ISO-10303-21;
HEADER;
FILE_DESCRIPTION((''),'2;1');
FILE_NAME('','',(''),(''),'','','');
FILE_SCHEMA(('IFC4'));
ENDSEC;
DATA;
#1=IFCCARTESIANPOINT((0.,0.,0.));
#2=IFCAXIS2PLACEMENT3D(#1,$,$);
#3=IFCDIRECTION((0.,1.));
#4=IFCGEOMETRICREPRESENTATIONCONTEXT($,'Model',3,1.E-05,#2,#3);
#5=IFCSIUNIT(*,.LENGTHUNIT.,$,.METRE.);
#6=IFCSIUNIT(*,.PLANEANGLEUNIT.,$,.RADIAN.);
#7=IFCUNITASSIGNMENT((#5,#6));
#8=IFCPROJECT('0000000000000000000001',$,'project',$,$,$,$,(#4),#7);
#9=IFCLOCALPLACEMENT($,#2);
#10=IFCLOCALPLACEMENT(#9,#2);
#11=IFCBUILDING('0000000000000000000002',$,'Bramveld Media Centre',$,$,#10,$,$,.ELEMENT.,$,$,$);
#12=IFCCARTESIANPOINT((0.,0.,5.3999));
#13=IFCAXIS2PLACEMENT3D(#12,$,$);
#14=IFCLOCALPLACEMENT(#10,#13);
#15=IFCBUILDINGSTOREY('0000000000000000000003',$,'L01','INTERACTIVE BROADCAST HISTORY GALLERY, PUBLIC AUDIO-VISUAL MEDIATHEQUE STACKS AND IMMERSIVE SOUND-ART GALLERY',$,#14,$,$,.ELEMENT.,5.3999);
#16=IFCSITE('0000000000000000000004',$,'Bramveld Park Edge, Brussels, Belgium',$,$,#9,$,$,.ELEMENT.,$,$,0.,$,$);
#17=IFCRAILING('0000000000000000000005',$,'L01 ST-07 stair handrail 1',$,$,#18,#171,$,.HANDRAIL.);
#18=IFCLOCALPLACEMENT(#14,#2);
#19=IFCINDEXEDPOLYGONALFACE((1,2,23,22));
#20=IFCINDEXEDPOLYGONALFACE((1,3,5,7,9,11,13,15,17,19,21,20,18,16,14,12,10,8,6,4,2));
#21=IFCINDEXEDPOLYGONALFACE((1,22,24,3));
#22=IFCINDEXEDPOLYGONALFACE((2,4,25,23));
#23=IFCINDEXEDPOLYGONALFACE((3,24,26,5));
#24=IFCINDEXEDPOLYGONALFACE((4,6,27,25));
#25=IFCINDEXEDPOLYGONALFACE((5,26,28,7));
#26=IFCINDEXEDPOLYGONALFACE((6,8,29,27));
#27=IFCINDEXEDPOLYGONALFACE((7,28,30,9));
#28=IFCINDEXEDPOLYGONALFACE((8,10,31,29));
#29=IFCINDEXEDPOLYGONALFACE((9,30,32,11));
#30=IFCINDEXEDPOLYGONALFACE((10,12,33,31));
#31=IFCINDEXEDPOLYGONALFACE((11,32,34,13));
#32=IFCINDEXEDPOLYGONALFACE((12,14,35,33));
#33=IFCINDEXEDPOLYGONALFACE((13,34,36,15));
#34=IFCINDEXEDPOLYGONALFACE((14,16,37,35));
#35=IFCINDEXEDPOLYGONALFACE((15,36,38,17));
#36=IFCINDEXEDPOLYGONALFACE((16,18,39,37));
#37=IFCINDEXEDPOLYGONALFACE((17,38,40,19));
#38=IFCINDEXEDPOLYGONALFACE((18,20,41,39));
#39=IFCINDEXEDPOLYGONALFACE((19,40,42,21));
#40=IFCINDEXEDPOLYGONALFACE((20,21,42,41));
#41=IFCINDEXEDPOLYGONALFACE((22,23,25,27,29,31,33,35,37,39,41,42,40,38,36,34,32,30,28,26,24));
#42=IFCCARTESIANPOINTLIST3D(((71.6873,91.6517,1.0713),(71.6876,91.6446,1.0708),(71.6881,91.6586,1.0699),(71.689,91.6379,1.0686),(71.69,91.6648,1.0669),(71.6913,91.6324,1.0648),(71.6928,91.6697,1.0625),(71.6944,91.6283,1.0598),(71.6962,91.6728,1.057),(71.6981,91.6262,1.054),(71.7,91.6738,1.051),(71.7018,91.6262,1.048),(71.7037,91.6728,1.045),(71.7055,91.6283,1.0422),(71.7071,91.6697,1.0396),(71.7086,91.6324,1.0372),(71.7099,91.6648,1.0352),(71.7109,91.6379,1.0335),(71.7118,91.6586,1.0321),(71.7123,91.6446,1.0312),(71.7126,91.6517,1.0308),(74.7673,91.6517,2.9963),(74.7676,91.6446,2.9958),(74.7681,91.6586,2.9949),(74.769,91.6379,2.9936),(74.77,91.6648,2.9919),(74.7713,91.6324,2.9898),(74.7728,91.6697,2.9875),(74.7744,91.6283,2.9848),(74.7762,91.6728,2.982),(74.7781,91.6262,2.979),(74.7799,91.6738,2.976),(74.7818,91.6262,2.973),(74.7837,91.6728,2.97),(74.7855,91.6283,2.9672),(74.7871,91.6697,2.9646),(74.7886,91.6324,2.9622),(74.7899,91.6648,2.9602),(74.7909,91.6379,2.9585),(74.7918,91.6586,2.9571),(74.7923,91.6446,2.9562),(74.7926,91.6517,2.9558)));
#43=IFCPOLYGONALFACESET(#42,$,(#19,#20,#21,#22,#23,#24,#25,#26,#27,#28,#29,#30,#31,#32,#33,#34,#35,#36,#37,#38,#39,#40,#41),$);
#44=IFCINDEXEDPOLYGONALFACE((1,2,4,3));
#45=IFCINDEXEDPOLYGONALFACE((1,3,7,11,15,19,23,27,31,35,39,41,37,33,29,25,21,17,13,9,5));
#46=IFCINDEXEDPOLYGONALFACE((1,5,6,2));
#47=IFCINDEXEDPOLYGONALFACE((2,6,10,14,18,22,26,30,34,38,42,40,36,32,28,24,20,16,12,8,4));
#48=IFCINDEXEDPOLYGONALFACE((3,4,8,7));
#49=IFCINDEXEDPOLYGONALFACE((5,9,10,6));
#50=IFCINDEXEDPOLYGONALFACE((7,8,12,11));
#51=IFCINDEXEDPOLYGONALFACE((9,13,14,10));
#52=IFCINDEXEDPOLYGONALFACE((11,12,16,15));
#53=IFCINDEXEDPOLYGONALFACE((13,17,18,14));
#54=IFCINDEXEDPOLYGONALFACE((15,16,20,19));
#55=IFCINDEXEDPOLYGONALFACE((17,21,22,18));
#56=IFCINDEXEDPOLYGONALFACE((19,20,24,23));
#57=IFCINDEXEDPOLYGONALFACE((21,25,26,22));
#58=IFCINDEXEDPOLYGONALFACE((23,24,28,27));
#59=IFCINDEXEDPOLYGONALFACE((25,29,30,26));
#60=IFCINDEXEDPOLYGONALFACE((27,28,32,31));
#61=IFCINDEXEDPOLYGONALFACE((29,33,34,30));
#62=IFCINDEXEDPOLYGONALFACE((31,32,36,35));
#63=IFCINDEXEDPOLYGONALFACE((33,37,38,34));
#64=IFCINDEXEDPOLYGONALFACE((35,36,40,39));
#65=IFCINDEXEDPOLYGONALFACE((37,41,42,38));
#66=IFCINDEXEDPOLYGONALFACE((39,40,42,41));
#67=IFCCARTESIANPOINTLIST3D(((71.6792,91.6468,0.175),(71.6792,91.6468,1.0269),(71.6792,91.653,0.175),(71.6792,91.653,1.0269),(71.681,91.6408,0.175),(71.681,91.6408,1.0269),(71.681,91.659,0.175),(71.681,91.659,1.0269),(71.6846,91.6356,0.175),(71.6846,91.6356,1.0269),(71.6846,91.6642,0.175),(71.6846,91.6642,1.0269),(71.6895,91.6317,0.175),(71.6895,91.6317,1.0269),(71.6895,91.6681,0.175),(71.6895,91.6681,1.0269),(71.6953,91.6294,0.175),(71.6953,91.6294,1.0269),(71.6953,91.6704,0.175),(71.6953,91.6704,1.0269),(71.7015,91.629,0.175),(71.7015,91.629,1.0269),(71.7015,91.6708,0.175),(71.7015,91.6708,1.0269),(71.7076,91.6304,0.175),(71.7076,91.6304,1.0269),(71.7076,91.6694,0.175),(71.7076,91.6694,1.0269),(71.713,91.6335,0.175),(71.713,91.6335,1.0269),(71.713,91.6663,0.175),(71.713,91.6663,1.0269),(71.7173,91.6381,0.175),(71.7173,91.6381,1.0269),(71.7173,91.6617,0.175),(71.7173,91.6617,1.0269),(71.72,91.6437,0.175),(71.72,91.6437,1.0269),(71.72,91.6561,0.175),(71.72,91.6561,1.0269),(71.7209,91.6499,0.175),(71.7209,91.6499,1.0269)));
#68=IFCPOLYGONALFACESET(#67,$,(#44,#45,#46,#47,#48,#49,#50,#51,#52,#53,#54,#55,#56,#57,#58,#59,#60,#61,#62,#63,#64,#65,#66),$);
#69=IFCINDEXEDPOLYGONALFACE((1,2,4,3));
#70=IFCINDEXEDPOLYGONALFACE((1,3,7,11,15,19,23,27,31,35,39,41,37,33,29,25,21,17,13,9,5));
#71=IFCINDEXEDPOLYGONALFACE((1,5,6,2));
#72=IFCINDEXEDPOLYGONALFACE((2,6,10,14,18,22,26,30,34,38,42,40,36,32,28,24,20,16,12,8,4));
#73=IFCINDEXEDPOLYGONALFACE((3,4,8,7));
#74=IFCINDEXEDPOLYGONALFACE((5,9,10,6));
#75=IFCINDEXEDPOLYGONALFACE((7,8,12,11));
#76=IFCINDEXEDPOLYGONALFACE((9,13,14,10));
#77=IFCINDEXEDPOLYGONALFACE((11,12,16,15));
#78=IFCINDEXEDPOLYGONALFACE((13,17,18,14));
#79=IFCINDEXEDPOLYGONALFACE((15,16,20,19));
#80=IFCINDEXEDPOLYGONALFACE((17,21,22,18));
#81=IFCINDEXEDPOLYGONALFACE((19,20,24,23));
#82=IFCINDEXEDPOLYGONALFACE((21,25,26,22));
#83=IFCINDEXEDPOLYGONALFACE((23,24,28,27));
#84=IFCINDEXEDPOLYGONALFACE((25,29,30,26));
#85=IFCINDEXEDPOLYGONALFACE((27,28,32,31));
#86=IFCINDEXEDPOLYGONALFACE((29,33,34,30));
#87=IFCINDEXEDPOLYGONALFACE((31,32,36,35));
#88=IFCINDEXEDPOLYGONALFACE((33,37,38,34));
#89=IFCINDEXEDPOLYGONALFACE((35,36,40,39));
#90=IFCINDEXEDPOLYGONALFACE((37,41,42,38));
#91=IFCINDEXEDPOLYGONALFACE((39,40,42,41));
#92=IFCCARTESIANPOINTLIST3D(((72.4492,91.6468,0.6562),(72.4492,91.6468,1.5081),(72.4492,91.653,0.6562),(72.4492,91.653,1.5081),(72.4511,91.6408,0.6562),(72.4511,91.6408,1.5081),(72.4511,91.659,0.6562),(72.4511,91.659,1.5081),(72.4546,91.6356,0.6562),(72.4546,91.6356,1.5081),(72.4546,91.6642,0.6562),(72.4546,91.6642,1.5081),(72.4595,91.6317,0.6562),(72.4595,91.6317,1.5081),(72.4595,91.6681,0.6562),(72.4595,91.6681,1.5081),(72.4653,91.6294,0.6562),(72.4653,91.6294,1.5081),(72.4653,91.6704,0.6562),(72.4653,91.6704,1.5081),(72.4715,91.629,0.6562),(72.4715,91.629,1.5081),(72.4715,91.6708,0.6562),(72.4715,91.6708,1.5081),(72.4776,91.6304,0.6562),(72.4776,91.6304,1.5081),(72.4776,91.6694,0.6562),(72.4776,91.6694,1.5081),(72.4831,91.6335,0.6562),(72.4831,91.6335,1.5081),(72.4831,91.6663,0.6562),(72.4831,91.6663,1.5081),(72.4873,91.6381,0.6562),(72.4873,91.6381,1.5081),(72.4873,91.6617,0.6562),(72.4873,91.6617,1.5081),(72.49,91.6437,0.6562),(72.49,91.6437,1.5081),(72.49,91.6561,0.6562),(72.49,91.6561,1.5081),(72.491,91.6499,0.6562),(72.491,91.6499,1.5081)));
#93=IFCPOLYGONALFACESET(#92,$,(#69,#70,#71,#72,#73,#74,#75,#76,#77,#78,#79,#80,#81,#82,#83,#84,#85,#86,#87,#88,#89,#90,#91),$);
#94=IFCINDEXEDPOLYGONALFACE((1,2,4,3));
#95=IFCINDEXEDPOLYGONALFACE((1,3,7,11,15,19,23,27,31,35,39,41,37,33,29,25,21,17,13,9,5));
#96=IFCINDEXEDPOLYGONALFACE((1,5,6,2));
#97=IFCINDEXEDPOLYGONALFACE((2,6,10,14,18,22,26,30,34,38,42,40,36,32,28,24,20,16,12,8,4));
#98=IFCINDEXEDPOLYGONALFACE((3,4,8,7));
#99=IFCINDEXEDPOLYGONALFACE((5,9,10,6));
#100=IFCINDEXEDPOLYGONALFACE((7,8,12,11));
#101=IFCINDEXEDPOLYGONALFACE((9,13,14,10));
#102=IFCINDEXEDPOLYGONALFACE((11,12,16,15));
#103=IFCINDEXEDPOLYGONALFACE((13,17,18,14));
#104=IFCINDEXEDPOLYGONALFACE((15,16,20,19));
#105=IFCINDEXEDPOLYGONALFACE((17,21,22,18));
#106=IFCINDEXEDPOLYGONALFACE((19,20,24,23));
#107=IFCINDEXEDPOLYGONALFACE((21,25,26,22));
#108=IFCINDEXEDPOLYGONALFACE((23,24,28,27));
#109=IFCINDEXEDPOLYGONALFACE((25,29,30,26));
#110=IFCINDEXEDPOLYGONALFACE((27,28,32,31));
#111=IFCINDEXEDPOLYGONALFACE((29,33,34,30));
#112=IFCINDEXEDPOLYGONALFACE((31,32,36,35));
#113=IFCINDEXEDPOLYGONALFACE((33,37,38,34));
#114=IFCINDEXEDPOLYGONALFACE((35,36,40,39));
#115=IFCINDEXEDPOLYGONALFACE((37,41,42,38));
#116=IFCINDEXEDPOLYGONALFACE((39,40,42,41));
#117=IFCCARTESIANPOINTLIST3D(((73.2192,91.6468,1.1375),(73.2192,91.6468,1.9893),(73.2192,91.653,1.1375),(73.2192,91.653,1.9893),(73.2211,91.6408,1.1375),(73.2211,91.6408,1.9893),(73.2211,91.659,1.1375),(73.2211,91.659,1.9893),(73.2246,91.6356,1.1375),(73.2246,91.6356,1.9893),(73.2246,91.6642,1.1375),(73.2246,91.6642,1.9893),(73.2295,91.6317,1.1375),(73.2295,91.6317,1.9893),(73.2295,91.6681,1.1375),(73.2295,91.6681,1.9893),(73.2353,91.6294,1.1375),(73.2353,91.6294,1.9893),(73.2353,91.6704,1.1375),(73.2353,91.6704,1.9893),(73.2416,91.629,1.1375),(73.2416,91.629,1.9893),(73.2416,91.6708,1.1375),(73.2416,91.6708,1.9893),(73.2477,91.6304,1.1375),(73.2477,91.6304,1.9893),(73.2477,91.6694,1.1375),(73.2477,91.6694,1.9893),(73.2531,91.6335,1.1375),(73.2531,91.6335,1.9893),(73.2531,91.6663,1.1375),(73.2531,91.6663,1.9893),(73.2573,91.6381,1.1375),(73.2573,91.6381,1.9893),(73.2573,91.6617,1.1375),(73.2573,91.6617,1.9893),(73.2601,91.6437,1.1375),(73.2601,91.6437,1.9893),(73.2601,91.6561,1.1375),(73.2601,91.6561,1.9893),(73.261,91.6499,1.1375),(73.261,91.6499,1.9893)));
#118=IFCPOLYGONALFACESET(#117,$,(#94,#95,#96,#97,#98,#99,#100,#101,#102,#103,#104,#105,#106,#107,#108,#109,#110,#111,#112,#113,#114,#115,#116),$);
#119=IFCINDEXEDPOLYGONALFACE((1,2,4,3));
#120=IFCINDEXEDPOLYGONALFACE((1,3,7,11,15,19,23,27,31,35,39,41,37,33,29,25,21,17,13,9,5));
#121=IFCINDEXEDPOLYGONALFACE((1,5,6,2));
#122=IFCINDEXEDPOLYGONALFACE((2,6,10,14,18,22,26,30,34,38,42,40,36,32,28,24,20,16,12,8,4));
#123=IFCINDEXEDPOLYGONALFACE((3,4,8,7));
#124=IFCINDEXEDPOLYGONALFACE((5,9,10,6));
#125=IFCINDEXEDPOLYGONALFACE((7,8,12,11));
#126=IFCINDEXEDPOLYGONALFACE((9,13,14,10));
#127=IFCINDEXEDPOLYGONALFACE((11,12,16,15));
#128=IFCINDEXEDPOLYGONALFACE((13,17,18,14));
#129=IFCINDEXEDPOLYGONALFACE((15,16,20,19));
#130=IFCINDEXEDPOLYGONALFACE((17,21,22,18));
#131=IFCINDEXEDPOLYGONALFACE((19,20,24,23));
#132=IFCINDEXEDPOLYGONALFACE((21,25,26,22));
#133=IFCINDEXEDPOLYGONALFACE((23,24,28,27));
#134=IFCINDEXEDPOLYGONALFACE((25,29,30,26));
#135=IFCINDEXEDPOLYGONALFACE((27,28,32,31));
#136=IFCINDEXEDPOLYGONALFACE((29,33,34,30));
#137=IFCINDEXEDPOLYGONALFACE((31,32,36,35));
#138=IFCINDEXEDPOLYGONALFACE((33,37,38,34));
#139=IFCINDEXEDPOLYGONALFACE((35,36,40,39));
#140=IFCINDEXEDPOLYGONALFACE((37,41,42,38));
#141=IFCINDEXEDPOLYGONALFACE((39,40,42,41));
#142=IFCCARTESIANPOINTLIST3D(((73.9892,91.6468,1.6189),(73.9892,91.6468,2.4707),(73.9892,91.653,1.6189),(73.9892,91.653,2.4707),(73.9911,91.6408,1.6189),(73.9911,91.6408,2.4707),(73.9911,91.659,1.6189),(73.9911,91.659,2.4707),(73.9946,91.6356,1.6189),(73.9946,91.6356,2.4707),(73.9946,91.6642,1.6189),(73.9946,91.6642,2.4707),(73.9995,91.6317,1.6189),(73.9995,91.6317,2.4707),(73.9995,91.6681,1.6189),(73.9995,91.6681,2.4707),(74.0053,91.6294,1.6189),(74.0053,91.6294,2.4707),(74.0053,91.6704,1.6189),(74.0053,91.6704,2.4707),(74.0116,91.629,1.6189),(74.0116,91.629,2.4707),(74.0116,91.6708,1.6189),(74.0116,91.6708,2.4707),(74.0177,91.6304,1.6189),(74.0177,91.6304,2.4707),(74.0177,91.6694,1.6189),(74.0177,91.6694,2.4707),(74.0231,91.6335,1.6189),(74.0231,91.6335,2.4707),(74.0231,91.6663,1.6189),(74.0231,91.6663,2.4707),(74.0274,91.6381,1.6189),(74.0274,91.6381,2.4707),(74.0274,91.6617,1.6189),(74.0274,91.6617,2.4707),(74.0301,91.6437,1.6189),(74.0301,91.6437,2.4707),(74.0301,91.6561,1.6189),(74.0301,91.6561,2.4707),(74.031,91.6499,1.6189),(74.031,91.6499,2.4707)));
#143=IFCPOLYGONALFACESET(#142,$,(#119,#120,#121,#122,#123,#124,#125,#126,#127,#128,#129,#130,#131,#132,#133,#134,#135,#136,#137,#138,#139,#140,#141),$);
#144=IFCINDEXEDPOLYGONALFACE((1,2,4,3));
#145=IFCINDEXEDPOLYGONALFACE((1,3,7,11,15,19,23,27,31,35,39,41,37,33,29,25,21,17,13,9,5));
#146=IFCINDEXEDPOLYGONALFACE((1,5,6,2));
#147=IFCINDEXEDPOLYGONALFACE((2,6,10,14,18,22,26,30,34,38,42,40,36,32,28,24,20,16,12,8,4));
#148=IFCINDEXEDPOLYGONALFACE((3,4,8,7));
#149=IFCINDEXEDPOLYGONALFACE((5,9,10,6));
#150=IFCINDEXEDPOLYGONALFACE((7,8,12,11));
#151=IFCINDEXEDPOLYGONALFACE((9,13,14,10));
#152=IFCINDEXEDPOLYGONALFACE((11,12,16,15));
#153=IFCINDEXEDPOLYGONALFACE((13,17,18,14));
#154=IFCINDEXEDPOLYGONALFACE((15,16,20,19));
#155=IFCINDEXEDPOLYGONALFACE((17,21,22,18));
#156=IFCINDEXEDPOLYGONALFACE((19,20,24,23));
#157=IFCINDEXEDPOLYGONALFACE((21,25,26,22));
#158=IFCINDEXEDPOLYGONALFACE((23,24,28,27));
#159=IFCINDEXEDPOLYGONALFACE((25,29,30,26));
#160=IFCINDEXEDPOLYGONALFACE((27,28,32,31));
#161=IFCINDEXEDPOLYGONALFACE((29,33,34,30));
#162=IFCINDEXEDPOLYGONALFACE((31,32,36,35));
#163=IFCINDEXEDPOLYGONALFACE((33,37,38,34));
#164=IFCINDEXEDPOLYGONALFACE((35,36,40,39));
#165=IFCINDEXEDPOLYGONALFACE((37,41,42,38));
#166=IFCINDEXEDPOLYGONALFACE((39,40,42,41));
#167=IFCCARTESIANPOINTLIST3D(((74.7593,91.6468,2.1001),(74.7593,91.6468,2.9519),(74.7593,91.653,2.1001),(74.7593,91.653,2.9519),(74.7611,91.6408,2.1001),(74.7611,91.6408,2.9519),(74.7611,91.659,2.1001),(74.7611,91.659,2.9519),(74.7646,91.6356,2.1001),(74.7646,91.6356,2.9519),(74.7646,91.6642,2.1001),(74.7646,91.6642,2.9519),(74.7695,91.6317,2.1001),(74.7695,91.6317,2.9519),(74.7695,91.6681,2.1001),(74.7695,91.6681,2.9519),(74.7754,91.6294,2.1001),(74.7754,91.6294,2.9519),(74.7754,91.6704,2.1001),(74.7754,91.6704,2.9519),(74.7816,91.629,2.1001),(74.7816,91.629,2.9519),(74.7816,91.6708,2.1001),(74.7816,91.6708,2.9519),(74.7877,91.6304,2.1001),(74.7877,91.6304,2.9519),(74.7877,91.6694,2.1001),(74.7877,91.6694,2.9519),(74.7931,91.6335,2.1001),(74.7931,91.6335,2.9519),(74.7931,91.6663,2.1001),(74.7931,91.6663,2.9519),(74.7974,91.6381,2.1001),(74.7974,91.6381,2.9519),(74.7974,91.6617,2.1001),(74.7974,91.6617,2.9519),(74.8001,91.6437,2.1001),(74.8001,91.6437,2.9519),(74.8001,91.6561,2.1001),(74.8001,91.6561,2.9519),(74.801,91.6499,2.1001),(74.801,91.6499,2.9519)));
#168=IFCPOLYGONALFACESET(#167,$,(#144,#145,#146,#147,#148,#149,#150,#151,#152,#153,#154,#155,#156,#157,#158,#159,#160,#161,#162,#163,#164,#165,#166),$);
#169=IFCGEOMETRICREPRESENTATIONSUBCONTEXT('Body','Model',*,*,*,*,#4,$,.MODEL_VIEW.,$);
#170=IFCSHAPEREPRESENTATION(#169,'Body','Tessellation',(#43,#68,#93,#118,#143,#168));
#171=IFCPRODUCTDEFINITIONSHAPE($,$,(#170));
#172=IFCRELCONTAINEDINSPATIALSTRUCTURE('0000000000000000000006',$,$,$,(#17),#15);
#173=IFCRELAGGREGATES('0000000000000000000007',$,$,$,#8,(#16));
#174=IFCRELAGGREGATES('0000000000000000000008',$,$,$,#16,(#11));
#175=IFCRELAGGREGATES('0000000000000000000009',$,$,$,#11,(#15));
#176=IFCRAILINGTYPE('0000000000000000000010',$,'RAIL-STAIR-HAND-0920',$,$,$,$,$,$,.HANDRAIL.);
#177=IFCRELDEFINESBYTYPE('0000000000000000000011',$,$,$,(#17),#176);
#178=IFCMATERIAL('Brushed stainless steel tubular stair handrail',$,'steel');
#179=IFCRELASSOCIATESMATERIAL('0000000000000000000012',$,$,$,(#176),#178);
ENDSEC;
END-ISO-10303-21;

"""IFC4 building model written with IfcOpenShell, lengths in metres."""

from ifc_helpers import new_model, si_unit, direction, frame, origin, origin_2d, place, context, subcontext, project, spatial, circle, extrude, material, type_object, element, save


model = new_model("IFC4")

# Units and contexts
model_context = context("Model", 3, precision=1e-05, world=origin(), true_north=direction((0.0, 1.0)))
body_context = subcontext(model_context, "Body", "Model", "MODEL_VIEW")
ifc_project = project(units=[si_unit("LENGTHUNIT", "METRE"), si_unit("PLANEANGLEUNIT", "RADIAN")], contexts=[model_context])

# Site, building, storey
site_placement = place(None, origin())
site = spatial("IfcSite", under=ifc_project, at=site_placement, Name="Bramveld Park Edge, Brussels, Belgium", CompositionType="ELEMENT", RefElevation=0.0)
building_placement = place(site_placement, origin())
building = spatial("IfcBuilding", under=site, at=building_placement, Name="Bramveld Media Centre", CompositionType="ELEMENT")
storey_placement = place(building_placement, frame((0.0, 0.0, 5.3999)))
storey = spatial("IfcBuildingStorey", under=building, at=storey_placement, Name="L01", Description="INTERACTIVE BROADCAST HISTORY GALLERY, PUBLIC AUDIO-VISUAL MEDIATHEQUE STACKS AND IMMERSIVE SOUND-ART GALLERY", CompositionType="ELEMENT", Elevation=5.3999)

# Railing
ifc_material_1 = material(Name="Brushed stainless steel tubular stair handrail", Category="steel")
railing_type_1 = type_object("IfcRailingType", Name="RAIL-STAIR-HAND-0920", PredefinedType="HANDRAIL", material=ifc_material_1)
railing_1_placement = place(storey_placement, frame((71.7, 91.6499, 0.175)))
element("IfcRailing", 1, at=railing_1_placement, inside=storey, type_object=railing_type_1, Name="L01 ST-07 stair handrail 1", PredefinedType="HANDRAIL", context=body_context, shape_type="SweptSolid", body=[
    extrude(circle(Radius=0.0239, at=origin_2d()), frame((0.0, 0.0, 0.876), z_axis=(0.847998, 0.0, 0.529999), x_axis=(0.0, 1.0, 0.0)), (0.0, 0.0, 1.0), 3.6321),
    extrude(circle(Radius=0.021, at=origin_2d()), origin(), (0.0, 0.0, 1.0), 0.8518),
    extrude(circle(Radius=0.021, at=origin_2d()), frame((0.77, 0.0, 0.4812)), (0.0, 0.0, 1.0), 0.8518),
    extrude(circle(Radius=0.021, at=origin_2d()), frame((1.54, 0.0, 0.9624)), (0.0, 0.0, 1.0), 0.8518),
    extrude(circle(Radius=0.021, at=origin_2d()), frame((2.3101, 0.0, 1.4438)), (0.0, 0.0, 1.0), 0.8518),
    extrude(circle(Radius=0.021, at=origin_2d()), frame((3.0801, 0.0, 1.925)), (0.0, 0.0, 1.0), 0.8518),
])

save(model, "model.ifc")
